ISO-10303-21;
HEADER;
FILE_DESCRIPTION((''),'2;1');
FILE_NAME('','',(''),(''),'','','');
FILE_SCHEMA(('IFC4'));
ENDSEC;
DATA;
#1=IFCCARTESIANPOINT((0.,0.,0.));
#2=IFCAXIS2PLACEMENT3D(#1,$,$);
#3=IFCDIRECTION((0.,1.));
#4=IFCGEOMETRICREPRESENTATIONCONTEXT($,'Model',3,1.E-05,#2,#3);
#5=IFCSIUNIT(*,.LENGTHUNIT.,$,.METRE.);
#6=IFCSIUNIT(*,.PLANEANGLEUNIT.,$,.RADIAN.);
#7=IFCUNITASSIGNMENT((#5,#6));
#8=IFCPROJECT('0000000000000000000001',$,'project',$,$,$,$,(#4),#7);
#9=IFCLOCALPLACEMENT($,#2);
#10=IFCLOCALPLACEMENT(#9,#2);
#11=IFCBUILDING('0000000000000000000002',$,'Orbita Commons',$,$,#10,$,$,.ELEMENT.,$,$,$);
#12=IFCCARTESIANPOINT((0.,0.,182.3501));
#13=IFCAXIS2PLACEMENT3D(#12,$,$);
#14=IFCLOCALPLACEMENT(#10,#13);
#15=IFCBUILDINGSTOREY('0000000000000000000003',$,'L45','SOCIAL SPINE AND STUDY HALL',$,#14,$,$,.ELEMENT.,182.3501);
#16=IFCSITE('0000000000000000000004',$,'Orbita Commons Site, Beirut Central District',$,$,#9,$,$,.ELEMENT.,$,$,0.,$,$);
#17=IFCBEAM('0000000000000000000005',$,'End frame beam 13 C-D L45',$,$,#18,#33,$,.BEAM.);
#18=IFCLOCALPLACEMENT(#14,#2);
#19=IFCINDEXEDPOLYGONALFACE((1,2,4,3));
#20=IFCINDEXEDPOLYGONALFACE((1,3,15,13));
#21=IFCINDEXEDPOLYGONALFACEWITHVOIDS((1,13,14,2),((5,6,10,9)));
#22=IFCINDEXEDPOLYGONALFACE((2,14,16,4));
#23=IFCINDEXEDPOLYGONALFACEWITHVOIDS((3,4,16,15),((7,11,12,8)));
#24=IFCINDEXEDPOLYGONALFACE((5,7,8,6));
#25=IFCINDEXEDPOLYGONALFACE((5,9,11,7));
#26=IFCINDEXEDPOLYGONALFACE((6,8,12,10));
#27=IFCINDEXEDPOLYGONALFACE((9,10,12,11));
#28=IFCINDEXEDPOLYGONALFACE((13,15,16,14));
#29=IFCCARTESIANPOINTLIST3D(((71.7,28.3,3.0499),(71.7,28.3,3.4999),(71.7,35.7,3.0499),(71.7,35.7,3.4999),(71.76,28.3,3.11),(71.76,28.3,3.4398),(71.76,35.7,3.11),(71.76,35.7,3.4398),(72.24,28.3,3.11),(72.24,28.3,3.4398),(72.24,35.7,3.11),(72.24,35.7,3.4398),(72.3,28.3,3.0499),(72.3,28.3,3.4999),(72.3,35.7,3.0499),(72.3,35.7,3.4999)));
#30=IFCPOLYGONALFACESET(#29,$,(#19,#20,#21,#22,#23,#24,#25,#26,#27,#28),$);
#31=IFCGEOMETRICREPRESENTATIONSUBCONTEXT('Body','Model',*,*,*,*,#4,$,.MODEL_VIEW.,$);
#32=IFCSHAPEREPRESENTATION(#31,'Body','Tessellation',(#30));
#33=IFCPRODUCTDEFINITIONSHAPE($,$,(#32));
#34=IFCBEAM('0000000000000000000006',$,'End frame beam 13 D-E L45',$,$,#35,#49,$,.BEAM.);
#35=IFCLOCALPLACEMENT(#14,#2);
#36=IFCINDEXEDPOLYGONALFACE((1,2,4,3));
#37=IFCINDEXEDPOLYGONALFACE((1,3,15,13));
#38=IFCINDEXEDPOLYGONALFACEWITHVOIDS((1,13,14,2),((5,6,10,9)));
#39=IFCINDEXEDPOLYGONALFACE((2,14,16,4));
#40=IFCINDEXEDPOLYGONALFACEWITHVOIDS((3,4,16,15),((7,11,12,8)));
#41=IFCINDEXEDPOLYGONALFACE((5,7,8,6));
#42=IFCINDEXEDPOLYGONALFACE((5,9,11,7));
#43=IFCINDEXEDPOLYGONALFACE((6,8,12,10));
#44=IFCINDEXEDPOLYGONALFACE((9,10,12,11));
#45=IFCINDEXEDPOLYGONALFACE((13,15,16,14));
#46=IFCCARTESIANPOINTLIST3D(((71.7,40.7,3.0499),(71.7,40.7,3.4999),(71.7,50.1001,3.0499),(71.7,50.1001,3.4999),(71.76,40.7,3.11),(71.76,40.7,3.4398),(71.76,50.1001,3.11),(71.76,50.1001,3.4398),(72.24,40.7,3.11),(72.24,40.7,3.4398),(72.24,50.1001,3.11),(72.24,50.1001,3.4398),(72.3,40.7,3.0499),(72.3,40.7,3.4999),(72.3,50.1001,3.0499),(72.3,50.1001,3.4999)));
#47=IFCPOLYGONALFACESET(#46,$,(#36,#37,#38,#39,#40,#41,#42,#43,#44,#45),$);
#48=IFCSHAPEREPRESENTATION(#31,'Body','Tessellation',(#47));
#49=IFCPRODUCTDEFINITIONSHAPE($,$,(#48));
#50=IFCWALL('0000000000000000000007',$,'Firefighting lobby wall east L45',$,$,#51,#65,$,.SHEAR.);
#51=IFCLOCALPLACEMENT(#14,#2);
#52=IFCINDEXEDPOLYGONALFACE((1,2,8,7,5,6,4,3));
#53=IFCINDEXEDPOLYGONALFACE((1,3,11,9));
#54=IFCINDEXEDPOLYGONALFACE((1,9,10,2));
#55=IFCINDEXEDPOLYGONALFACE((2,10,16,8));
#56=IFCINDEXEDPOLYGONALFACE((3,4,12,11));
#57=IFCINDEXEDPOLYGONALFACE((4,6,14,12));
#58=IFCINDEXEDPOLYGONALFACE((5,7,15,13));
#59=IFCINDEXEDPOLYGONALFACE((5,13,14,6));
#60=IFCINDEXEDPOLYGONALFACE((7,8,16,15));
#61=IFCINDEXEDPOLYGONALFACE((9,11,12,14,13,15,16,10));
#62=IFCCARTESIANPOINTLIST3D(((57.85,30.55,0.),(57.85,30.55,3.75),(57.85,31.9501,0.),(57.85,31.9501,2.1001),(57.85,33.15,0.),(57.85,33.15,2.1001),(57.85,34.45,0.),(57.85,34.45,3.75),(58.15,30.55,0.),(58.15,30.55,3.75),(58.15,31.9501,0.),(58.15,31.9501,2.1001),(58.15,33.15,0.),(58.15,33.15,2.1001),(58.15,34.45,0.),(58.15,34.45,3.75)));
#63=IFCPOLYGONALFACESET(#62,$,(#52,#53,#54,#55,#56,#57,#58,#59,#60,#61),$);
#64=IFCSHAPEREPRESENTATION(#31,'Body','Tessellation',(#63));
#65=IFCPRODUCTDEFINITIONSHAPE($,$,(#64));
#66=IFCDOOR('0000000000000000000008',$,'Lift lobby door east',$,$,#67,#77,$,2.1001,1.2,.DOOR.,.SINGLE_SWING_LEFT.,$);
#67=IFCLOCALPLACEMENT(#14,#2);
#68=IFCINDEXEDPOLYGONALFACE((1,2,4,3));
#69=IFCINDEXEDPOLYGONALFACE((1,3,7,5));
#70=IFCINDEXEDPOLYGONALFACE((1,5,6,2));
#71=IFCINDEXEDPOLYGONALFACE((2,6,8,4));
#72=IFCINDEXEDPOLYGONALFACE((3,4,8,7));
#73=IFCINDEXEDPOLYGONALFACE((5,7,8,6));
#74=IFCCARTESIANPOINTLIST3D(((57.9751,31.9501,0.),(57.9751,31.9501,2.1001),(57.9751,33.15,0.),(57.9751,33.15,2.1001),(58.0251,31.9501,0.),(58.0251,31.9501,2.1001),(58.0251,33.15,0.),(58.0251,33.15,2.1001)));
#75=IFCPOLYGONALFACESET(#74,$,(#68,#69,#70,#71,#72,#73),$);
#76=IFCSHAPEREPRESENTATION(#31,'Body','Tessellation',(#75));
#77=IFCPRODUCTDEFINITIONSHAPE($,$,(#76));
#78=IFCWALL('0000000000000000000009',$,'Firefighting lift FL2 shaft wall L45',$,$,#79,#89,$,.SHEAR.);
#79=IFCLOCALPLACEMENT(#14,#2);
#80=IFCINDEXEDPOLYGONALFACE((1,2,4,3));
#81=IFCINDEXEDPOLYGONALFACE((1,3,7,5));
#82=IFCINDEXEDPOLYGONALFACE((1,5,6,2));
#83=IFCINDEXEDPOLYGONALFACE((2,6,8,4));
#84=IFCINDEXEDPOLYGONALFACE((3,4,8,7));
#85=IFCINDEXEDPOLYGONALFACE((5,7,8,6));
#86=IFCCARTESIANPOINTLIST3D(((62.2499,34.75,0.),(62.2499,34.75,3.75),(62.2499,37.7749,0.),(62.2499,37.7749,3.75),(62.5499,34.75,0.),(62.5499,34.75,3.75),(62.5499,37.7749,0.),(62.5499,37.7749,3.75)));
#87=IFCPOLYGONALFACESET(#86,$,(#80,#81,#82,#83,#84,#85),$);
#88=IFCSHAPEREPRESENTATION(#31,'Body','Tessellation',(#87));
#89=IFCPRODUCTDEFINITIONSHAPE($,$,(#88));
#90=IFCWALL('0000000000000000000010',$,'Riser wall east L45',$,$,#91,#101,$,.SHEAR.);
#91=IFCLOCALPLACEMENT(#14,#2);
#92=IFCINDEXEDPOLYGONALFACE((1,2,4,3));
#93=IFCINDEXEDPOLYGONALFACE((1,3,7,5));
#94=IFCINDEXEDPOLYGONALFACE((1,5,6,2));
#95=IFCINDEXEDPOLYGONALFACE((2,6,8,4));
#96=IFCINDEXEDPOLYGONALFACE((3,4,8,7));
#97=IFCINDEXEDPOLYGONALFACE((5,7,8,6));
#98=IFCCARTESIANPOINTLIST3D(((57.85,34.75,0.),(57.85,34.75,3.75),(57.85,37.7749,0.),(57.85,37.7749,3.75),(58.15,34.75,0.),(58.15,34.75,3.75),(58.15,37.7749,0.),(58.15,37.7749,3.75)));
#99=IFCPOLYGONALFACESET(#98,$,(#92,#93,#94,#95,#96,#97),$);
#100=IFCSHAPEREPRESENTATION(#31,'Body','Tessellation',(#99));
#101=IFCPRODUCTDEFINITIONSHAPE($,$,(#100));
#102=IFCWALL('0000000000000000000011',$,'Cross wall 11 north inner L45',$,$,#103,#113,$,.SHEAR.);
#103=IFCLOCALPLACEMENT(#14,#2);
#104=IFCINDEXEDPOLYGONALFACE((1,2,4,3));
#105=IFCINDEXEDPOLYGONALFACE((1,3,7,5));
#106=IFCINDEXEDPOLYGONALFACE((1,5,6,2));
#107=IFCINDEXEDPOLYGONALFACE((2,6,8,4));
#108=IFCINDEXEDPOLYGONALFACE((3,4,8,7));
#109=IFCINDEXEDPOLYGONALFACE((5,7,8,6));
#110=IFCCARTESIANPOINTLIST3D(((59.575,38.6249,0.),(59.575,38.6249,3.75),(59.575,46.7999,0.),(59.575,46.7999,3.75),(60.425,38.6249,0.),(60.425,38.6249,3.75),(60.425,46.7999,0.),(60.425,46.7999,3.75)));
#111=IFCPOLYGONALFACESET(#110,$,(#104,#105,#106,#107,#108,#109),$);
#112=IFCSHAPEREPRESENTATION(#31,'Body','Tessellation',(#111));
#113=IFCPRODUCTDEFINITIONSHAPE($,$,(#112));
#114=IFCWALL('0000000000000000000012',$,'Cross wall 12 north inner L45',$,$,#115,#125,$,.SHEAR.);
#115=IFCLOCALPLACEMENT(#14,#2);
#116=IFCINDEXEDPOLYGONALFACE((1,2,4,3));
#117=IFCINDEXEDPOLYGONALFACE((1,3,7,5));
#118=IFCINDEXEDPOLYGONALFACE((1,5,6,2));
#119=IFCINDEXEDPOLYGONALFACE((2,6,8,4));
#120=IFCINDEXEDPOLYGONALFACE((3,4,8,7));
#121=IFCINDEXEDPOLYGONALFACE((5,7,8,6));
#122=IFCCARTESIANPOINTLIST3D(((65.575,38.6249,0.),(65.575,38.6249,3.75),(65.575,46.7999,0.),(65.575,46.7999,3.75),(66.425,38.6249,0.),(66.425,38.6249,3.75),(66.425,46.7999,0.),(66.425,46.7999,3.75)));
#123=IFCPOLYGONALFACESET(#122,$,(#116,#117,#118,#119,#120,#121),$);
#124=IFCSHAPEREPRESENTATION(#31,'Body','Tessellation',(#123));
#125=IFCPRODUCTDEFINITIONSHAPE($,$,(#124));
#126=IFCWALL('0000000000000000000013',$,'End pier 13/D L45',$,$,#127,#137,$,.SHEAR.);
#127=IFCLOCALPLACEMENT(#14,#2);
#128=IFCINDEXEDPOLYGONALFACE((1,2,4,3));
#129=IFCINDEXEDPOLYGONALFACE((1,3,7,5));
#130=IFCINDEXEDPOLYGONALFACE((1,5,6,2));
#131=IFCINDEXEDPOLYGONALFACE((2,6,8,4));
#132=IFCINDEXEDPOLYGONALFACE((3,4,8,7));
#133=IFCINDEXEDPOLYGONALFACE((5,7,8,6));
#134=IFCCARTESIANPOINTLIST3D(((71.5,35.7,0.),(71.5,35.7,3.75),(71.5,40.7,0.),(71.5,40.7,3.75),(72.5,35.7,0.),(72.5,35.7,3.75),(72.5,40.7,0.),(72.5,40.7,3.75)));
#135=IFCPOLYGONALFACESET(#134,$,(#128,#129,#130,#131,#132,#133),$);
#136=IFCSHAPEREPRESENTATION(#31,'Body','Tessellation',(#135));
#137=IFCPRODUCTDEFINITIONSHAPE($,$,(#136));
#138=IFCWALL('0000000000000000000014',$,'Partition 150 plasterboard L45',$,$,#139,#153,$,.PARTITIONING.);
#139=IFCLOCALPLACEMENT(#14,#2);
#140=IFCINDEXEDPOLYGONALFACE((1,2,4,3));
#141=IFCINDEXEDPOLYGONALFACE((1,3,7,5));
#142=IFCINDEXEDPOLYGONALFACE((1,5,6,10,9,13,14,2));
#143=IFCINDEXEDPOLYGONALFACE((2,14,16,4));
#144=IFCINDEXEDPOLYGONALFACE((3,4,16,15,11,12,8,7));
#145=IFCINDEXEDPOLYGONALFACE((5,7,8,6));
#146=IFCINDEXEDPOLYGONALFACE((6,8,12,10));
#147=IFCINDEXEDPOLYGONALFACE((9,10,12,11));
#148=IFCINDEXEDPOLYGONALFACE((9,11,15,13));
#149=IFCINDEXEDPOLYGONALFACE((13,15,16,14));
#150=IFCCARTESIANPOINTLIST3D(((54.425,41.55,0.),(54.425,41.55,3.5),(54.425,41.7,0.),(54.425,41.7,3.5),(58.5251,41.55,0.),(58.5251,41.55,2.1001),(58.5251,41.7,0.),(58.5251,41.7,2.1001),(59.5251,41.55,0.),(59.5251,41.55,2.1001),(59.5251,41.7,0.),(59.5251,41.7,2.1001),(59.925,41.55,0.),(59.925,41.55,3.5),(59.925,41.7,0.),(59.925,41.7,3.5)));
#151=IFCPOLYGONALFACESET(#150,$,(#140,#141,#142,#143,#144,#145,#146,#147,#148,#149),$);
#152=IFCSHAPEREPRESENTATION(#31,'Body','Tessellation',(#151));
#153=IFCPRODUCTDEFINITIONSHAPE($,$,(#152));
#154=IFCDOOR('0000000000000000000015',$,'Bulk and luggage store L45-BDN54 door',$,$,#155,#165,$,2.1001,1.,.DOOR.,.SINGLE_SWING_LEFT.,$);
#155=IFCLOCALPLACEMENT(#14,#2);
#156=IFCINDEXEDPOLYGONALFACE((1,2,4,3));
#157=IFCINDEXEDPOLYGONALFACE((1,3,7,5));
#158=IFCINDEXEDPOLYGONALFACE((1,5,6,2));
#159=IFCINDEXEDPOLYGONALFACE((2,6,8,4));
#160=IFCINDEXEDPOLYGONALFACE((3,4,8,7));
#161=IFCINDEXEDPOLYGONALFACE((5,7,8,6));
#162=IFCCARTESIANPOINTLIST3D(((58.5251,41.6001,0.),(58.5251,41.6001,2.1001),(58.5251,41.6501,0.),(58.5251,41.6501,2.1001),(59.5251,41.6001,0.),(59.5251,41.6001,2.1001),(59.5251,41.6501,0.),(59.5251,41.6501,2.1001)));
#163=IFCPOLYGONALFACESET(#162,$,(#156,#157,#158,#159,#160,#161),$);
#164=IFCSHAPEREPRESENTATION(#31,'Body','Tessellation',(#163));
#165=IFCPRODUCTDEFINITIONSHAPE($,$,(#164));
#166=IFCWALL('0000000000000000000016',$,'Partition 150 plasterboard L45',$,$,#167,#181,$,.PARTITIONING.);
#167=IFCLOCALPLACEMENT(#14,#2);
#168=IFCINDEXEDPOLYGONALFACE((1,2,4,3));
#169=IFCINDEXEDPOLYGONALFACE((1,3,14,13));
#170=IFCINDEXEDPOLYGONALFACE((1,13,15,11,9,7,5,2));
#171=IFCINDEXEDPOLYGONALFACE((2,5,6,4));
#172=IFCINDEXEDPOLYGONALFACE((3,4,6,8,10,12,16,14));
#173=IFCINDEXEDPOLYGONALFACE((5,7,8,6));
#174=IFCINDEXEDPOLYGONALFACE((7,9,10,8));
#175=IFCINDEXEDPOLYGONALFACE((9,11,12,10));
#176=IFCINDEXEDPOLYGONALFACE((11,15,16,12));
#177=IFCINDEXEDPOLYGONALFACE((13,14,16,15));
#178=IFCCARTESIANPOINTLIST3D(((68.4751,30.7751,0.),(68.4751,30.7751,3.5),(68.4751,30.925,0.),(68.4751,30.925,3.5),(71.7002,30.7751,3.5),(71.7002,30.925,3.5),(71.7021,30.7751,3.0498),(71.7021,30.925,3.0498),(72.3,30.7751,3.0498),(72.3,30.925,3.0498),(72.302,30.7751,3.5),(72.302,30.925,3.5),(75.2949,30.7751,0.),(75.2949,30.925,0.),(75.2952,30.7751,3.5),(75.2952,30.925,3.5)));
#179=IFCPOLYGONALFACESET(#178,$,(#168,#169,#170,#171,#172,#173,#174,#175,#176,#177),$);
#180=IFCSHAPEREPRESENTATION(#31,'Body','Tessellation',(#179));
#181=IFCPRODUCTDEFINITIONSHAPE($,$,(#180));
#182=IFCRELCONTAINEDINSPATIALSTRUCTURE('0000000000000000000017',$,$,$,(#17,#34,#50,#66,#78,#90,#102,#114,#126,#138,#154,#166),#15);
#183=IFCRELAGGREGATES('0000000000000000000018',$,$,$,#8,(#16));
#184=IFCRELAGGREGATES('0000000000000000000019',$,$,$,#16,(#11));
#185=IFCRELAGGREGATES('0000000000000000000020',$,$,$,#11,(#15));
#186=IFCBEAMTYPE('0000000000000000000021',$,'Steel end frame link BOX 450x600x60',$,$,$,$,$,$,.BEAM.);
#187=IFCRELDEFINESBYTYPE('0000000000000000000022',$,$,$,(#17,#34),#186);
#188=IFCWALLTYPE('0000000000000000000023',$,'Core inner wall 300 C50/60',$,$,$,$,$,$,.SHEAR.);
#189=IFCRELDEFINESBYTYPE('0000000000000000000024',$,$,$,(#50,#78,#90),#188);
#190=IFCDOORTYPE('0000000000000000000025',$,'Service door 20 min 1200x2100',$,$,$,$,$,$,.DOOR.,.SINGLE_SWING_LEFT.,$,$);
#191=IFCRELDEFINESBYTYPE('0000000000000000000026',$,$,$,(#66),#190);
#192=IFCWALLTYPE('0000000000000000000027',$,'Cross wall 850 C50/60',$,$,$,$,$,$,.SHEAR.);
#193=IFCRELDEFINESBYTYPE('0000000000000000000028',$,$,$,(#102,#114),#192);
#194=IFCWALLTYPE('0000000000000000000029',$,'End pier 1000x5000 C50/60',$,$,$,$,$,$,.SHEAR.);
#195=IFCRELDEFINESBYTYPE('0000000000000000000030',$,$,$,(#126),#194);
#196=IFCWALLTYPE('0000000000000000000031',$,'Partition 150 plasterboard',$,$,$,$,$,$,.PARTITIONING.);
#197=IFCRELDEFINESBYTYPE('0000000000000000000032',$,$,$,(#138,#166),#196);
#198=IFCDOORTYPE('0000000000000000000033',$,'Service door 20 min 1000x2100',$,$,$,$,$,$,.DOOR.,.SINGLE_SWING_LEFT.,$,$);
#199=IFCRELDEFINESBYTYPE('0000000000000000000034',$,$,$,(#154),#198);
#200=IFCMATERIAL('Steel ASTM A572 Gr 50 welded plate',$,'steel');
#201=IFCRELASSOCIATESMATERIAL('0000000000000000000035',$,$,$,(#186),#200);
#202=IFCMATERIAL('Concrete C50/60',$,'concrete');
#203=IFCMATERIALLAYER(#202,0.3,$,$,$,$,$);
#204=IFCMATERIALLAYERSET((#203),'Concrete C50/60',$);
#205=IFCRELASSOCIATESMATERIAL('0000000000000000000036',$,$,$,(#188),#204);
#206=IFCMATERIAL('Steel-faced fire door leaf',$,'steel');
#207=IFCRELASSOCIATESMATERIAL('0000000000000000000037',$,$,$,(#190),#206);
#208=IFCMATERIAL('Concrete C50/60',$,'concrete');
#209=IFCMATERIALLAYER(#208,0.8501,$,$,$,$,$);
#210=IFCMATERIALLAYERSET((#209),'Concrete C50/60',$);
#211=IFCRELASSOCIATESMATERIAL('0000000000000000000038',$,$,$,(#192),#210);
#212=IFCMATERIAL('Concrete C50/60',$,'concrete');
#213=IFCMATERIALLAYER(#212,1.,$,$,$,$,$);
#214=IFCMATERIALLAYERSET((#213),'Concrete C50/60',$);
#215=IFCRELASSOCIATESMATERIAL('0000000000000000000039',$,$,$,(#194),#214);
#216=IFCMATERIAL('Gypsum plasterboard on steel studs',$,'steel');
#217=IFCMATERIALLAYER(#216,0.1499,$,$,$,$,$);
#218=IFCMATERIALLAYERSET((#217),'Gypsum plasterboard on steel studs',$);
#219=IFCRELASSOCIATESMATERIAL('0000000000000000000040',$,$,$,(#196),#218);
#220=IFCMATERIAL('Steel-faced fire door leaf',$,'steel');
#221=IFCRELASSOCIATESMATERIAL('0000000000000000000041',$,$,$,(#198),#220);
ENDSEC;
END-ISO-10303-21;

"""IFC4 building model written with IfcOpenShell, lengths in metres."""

from ifc_helpers import new_model, si_unit, direction, frame, frame_2d, origin, origin_2d, place, context, subcontext, project, spatial, polyline, rectangle, hollow_rectangle, outline, extrude, material, layer, layer_set, material_profile, profile_set, type_object, element, fill, save


model = new_model("IFC4")

# Units and contexts
model_context = context("Model", 3, precision=1e-05, world=origin(), true_north=direction((0.0, 1.0)))
body_context = subcontext(model_context, "Body", "Model", "MODEL_VIEW")
ifc_project = project(units=[si_unit("LENGTHUNIT", "METRE"), si_unit("PLANEANGLEUNIT", "RADIAN")], contexts=[model_context])

# Site, building, storey
site_placement = place(None, origin())
site = spatial("IfcSite", under=ifc_project, at=site_placement, Name="Orbita Commons Site, Beirut Central District", CompositionType="ELEMENT", RefElevation=0.0)
building_placement = place(site_placement, origin())
building = spatial("IfcBuilding", under=site, at=building_placement, Name="Orbita Commons", CompositionType="ELEMENT")
storey_placement = place(building_placement, frame((0.0, 0.0, 182.3501)))
storey = spatial("IfcBuildingStorey", under=building, at=storey_placement, Name="L45", Description="SOCIAL SPINE AND STUDY HALL", CompositionType="ELEMENT", Elevation=182.3501)

# Beams
ifc_material_1 = material(Name="Steel ASTM A572 Gr 50 welded plate", Category="steel")
ifc_material_profile = material_profile(ifc_material_1, hollow_rectangle(XDim=0.6001, YDim=0.45, WallThickness=0.0601, at=origin_2d()), Name="BOX 450x600x60")
ifc_profile_set = profile_set([ifc_material_profile], Name="Steel ASTM A572 Gr 50 welded plate")
beam_type = type_object("IfcBeamType", Name="Steel end frame link BOX 450x600x60", PredefinedType="BEAM", material=ifc_profile_set)
beam_1_placement = place(storey_placement, frame((72.0, 28.3, 3.2749), z_axis=(0.0, 1.0, 0.0), x_axis=(-1.0, 0.0, 0.0)))
element("IfcBeam", 1, at=beam_1_placement, inside=storey, type_object=beam_type, Name="End frame beam 13 C-D L45", PredefinedType="BEAM", context=body_context, shape_type="SweptSolid", body=[
    extrude(hollow_rectangle(XDim=0.6001, YDim=0.45, WallThickness=0.0601, at=origin_2d()), origin(), (0.0, 0.0, 1.0), 7.3999),
])
beam_2_placement = place(storey_placement, frame((72.0, 40.7, 3.2749), z_axis=(0.0, 1.0, 0.0), x_axis=(-1.0, 0.0, 0.0)))
element("IfcBeam", 2, at=beam_2_placement, inside=storey, type_object=beam_type, Name="End frame beam 13 D-E L45", PredefinedType="BEAM", context=body_context, shape_type="SweptSolid", body=[
    extrude(hollow_rectangle(XDim=0.6001, YDim=0.45, WallThickness=0.0601, at=origin_2d()), origin(), (0.0, 0.0, 1.0), 9.4001),
])

# Wall, opening, door
ifc_material_2 = material(Name="Concrete C50/60", Category="concrete")
ifc_layer_1 = layer(ifc_material_2, 0.3)
ifc_layer_set_1 = layer_set([ifc_layer_1], Name="Concrete C50/60")
wall_type_1 = type_object("IfcWallType", Name="Core inner wall 300 C50/60", PredefinedType="SHEAR", material=ifc_layer_set_1)
wall_1_placement = place(storey_placement, frame((58.0, 30.55, 0.0), z_axis=(0.0, 0.0, 1.0), x_axis=(0.0, 1.0, 0.0)))
wall_1 = element("IfcWall", 3, at=wall_1_placement, inside=storey, type_object=wall_type_1, Name="Firefighting lobby wall east L45", PredefinedType="SHEAR", context=body_context, shape_type="SweptSolid", body=[
    extrude(rectangle(XDim=3.8999, YDim=0.3, at=frame_2d((1.95, 0.0))), origin(), (0.0, 0.0, 1.0), 3.75),
])
opening_1_placement = place(wall_1_placement, frame((1.3999, 0.0, 0.0)))
opening_1 = element("IfcOpeningElement", 4, at=opening_1_placement, cuts=wall_1, PredefinedType="OPENING", context=body_context, shape_type="SweptSolid", body=[
    extrude(rectangle(XDim=1.2, YDim=2.1001, at=frame_2d((0.6001, 1.05))), frame((0.0, 0.1599, 0.0), z_axis=(0.0, -1.0, 0.0), x_axis=(1.0, 0.0, 0.0)), (0.0, 0.0, 1.0), 0.3201),
])
ifc_material_3 = material(Name="Steel-faced fire door leaf", Category="steel")
door_type_1 = type_object("IfcDoorType", Name="Service door 20 min 1200x2100", OperationType="SINGLE_SWING_LEFT", PredefinedType="DOOR", material=ifc_material_3)
door_1_placement = place(opening_1_placement, origin())
door_1 = element("IfcDoor", 5, at=door_1_placement, inside=storey, type_object=door_type_1, Name="Lift lobby door east", OperationType="SINGLE_SWING_LEFT", OverallHeight=2.1001, OverallWidth=1.2, PredefinedType="DOOR", context=body_context, shape_type="SweptSolid", body=[
    extrude(rectangle(XDim=1.2, YDim=2.1001, at=frame_2d((0.6001, 1.05))), frame((0.0, 0.0249, 0.0), z_axis=(0.0, -1.0, 0.0), x_axis=(1.0, 0.0, 0.0)), (0.0, 0.0, 1.0), 0.05),
])
fill(opening_1, door_1)

# Walls
for number, where, z_axis, x_axis, name in (
    (6, (62.3999, 34.75, 0.0), (0.0, 0.0, 1.0), (0.0, 1.0, 0.0), "Firefighting lift FL2 shaft wall L45"),
    (7, (58.0, 34.75, 0.0), (0.0, 0.0, 1.0), (0.0, 1.0, 0.0), "Riser wall east L45"),
):
    element("IfcWall", number, at=place(storey_placement, frame(where, z_axis=z_axis, x_axis=x_axis)), inside=storey, type_object=wall_type_1, Name=name, PredefinedType="SHEAR", context=body_context, shape_type="SweptSolid", body=[
        extrude(rectangle(XDim=3.0249, YDim=0.3, at=frame_2d((1.5125, 0.0))), origin(), (0.0, 0.0, 1.0), 3.75),
    ])
ifc_material_4 = material(Name="Concrete C50/60", Category="concrete")
ifc_layer_2 = layer(ifc_material_4, 0.8501)
ifc_layer_set_2 = layer_set([ifc_layer_2], Name="Concrete C50/60")
wall_type_2 = type_object("IfcWallType", Name="Cross wall 850 C50/60", PredefinedType="SHEAR", material=ifc_layer_set_2)
for number, where, z_axis, x_axis, name in (
    (8, (60.0, 38.625, 0.0), (0.0, 0.0, 1.0), (0.0, 1.0, 0.0), "Cross wall 11 north inner L45"),
    (9, (66.0, 38.625, 0.0), (0.0, 0.0, 1.0), (0.0, 1.0, 0.0), "Cross wall 12 north inner L45"),
):
    element("IfcWall", number, at=place(storey_placement, frame(where, z_axis=z_axis, x_axis=x_axis)), inside=storey, type_object=wall_type_2, Name=name, PredefinedType="SHEAR", context=body_context, shape_type="SweptSolid", body=[
        extrude(rectangle(XDim=8.175, YDim=0.8501, at=frame_2d((4.0874, 0.0))), origin(), (0.0, 0.0, 1.0), 3.75),
    ])
ifc_material_5 = material(Name="Concrete C50/60", Category="concrete")
ifc_layer_3 = layer(ifc_material_5, 1.0)
ifc_layer_set_3 = layer_set([ifc_layer_3], Name="Concrete C50/60")
wall_type_3 = type_object("IfcWallType", Name="End pier 1000x5000 C50/60", PredefinedType="SHEAR", material=ifc_layer_set_3)
wall_2_placement = place(storey_placement, frame((72.0, 35.7, 0.0), z_axis=(0.0, 0.0, 1.0), x_axis=(0.0, 1.0, 0.0)))
element("IfcWall", 10, at=wall_2_placement, inside=storey, type_object=wall_type_3, Name="End pier 13/D L45", PredefinedType="SHEAR", context=body_context, shape_type="SweptSolid", body=[
    extrude(rectangle(XDim=5.0, YDim=1.0, at=frame_2d((2.5, 0.0))), origin(), (0.0, 0.0, 1.0), 3.75),
])

# Wall, opening, door
ifc_material_6 = material(Name="Gypsum plasterboard on steel studs", Category="steel")
ifc_layer_4 = layer(ifc_material_6, 0.1499)
ifc_layer_set_4 = layer_set([ifc_layer_4], Name="Gypsum plasterboard on steel studs")
wall_type_4 = type_object("IfcWallType", Name="Partition 150 plasterboard", PredefinedType="PARTITIONING", material=ifc_layer_set_4)
wall_3_placement = place(storey_placement, frame((59.925, 41.625, 0.0), z_axis=(0.0, 0.0, 1.0), x_axis=(-1.0, 0.0, 0.0)))
wall_3 = element("IfcWall", 11, at=wall_3_placement, inside=storey, type_object=wall_type_4, Name="Partition 150 plasterboard L45", PredefinedType="PARTITIONING", context=body_context, shape_type="SweptSolid", body=[
    extrude(rectangle(XDim=5.5, YDim=0.1499, at=frame_2d((2.75, 0.0))), origin(), (0.0, 0.0, 1.0), 3.5),
])
opening_2_placement = place(wall_3_placement, frame((0.3999, 0.0, 0.0)))
opening_2 = element("IfcOpeningElement", 12, at=opening_2_placement, cuts=wall_3, PredefinedType="OPENING", context=body_context, shape_type="SweptSolid", body=[
    extrude(rectangle(XDim=1.0, YDim=2.1001, at=frame_2d((0.5, 1.05))), frame((0.0, 0.085, 0.0), z_axis=(0.0, -1.0, 0.0), x_axis=(1.0, 0.0, 0.0)), (0.0, 0.0, 1.0), 0.1699),
])
ifc_material_7 = material(Name="Steel-faced fire door leaf", Category="steel")
door_type_2 = type_object("IfcDoorType", Name="Service door 20 min 1000x2100", OperationType="SINGLE_SWING_LEFT", PredefinedType="DOOR", material=ifc_material_7)
door_2_placement = place(opening_2_placement, origin())
door_2 = element("IfcDoor", 13, at=door_2_placement, inside=storey, type_object=door_type_2, Name="Bulk and luggage store L45-BDN54 door", OperationType="SINGLE_SWING_LEFT", OverallHeight=2.1001, OverallWidth=1.0, PredefinedType="DOOR", context=body_context, shape_type="SweptSolid", body=[
    extrude(rectangle(XDim=1.0, YDim=2.1001, at=frame_2d((0.5, 1.05))), frame((0.0, 0.0249, 0.0), z_axis=(0.0, -1.0, 0.0), x_axis=(1.0, 0.0, 0.0)), (0.0, 0.0, 1.0), 0.05),
])
fill(opening_2, door_2)

# Wall
wall_4_placement = place(storey_placement, frame((68.4751, 30.8501, 0.0), z_axis=(0.0, 0.0, 1.0), x_axis=(1.0, 0.0, 0.0)))
element("IfcWall", 14, at=wall_4_placement, inside=storey, type_object=wall_type_4, Name="Partition 150 plasterboard L45", PredefinedType="PARTITIONING", context=body_context, shape_type="SweptSolid", body=[
    extrude(outline(polyline([(0.0, 0.0), (6.8198, 0.0), (6.8201, 3.5), (3.8269, 3.5), (3.825, 3.0498), (3.2271, 3.0498), (3.2251, 3.5), (0.0, 3.5), (0.0, 0.0)])), frame((0.0, 0.075, 0.0), z_axis=(0.0, -1.0, 0.0), x_axis=(1.0, 0.0, 0.0)), (0.0, 0.0, 1.0), 0.1499),
])

save(model, "model.ifc")
